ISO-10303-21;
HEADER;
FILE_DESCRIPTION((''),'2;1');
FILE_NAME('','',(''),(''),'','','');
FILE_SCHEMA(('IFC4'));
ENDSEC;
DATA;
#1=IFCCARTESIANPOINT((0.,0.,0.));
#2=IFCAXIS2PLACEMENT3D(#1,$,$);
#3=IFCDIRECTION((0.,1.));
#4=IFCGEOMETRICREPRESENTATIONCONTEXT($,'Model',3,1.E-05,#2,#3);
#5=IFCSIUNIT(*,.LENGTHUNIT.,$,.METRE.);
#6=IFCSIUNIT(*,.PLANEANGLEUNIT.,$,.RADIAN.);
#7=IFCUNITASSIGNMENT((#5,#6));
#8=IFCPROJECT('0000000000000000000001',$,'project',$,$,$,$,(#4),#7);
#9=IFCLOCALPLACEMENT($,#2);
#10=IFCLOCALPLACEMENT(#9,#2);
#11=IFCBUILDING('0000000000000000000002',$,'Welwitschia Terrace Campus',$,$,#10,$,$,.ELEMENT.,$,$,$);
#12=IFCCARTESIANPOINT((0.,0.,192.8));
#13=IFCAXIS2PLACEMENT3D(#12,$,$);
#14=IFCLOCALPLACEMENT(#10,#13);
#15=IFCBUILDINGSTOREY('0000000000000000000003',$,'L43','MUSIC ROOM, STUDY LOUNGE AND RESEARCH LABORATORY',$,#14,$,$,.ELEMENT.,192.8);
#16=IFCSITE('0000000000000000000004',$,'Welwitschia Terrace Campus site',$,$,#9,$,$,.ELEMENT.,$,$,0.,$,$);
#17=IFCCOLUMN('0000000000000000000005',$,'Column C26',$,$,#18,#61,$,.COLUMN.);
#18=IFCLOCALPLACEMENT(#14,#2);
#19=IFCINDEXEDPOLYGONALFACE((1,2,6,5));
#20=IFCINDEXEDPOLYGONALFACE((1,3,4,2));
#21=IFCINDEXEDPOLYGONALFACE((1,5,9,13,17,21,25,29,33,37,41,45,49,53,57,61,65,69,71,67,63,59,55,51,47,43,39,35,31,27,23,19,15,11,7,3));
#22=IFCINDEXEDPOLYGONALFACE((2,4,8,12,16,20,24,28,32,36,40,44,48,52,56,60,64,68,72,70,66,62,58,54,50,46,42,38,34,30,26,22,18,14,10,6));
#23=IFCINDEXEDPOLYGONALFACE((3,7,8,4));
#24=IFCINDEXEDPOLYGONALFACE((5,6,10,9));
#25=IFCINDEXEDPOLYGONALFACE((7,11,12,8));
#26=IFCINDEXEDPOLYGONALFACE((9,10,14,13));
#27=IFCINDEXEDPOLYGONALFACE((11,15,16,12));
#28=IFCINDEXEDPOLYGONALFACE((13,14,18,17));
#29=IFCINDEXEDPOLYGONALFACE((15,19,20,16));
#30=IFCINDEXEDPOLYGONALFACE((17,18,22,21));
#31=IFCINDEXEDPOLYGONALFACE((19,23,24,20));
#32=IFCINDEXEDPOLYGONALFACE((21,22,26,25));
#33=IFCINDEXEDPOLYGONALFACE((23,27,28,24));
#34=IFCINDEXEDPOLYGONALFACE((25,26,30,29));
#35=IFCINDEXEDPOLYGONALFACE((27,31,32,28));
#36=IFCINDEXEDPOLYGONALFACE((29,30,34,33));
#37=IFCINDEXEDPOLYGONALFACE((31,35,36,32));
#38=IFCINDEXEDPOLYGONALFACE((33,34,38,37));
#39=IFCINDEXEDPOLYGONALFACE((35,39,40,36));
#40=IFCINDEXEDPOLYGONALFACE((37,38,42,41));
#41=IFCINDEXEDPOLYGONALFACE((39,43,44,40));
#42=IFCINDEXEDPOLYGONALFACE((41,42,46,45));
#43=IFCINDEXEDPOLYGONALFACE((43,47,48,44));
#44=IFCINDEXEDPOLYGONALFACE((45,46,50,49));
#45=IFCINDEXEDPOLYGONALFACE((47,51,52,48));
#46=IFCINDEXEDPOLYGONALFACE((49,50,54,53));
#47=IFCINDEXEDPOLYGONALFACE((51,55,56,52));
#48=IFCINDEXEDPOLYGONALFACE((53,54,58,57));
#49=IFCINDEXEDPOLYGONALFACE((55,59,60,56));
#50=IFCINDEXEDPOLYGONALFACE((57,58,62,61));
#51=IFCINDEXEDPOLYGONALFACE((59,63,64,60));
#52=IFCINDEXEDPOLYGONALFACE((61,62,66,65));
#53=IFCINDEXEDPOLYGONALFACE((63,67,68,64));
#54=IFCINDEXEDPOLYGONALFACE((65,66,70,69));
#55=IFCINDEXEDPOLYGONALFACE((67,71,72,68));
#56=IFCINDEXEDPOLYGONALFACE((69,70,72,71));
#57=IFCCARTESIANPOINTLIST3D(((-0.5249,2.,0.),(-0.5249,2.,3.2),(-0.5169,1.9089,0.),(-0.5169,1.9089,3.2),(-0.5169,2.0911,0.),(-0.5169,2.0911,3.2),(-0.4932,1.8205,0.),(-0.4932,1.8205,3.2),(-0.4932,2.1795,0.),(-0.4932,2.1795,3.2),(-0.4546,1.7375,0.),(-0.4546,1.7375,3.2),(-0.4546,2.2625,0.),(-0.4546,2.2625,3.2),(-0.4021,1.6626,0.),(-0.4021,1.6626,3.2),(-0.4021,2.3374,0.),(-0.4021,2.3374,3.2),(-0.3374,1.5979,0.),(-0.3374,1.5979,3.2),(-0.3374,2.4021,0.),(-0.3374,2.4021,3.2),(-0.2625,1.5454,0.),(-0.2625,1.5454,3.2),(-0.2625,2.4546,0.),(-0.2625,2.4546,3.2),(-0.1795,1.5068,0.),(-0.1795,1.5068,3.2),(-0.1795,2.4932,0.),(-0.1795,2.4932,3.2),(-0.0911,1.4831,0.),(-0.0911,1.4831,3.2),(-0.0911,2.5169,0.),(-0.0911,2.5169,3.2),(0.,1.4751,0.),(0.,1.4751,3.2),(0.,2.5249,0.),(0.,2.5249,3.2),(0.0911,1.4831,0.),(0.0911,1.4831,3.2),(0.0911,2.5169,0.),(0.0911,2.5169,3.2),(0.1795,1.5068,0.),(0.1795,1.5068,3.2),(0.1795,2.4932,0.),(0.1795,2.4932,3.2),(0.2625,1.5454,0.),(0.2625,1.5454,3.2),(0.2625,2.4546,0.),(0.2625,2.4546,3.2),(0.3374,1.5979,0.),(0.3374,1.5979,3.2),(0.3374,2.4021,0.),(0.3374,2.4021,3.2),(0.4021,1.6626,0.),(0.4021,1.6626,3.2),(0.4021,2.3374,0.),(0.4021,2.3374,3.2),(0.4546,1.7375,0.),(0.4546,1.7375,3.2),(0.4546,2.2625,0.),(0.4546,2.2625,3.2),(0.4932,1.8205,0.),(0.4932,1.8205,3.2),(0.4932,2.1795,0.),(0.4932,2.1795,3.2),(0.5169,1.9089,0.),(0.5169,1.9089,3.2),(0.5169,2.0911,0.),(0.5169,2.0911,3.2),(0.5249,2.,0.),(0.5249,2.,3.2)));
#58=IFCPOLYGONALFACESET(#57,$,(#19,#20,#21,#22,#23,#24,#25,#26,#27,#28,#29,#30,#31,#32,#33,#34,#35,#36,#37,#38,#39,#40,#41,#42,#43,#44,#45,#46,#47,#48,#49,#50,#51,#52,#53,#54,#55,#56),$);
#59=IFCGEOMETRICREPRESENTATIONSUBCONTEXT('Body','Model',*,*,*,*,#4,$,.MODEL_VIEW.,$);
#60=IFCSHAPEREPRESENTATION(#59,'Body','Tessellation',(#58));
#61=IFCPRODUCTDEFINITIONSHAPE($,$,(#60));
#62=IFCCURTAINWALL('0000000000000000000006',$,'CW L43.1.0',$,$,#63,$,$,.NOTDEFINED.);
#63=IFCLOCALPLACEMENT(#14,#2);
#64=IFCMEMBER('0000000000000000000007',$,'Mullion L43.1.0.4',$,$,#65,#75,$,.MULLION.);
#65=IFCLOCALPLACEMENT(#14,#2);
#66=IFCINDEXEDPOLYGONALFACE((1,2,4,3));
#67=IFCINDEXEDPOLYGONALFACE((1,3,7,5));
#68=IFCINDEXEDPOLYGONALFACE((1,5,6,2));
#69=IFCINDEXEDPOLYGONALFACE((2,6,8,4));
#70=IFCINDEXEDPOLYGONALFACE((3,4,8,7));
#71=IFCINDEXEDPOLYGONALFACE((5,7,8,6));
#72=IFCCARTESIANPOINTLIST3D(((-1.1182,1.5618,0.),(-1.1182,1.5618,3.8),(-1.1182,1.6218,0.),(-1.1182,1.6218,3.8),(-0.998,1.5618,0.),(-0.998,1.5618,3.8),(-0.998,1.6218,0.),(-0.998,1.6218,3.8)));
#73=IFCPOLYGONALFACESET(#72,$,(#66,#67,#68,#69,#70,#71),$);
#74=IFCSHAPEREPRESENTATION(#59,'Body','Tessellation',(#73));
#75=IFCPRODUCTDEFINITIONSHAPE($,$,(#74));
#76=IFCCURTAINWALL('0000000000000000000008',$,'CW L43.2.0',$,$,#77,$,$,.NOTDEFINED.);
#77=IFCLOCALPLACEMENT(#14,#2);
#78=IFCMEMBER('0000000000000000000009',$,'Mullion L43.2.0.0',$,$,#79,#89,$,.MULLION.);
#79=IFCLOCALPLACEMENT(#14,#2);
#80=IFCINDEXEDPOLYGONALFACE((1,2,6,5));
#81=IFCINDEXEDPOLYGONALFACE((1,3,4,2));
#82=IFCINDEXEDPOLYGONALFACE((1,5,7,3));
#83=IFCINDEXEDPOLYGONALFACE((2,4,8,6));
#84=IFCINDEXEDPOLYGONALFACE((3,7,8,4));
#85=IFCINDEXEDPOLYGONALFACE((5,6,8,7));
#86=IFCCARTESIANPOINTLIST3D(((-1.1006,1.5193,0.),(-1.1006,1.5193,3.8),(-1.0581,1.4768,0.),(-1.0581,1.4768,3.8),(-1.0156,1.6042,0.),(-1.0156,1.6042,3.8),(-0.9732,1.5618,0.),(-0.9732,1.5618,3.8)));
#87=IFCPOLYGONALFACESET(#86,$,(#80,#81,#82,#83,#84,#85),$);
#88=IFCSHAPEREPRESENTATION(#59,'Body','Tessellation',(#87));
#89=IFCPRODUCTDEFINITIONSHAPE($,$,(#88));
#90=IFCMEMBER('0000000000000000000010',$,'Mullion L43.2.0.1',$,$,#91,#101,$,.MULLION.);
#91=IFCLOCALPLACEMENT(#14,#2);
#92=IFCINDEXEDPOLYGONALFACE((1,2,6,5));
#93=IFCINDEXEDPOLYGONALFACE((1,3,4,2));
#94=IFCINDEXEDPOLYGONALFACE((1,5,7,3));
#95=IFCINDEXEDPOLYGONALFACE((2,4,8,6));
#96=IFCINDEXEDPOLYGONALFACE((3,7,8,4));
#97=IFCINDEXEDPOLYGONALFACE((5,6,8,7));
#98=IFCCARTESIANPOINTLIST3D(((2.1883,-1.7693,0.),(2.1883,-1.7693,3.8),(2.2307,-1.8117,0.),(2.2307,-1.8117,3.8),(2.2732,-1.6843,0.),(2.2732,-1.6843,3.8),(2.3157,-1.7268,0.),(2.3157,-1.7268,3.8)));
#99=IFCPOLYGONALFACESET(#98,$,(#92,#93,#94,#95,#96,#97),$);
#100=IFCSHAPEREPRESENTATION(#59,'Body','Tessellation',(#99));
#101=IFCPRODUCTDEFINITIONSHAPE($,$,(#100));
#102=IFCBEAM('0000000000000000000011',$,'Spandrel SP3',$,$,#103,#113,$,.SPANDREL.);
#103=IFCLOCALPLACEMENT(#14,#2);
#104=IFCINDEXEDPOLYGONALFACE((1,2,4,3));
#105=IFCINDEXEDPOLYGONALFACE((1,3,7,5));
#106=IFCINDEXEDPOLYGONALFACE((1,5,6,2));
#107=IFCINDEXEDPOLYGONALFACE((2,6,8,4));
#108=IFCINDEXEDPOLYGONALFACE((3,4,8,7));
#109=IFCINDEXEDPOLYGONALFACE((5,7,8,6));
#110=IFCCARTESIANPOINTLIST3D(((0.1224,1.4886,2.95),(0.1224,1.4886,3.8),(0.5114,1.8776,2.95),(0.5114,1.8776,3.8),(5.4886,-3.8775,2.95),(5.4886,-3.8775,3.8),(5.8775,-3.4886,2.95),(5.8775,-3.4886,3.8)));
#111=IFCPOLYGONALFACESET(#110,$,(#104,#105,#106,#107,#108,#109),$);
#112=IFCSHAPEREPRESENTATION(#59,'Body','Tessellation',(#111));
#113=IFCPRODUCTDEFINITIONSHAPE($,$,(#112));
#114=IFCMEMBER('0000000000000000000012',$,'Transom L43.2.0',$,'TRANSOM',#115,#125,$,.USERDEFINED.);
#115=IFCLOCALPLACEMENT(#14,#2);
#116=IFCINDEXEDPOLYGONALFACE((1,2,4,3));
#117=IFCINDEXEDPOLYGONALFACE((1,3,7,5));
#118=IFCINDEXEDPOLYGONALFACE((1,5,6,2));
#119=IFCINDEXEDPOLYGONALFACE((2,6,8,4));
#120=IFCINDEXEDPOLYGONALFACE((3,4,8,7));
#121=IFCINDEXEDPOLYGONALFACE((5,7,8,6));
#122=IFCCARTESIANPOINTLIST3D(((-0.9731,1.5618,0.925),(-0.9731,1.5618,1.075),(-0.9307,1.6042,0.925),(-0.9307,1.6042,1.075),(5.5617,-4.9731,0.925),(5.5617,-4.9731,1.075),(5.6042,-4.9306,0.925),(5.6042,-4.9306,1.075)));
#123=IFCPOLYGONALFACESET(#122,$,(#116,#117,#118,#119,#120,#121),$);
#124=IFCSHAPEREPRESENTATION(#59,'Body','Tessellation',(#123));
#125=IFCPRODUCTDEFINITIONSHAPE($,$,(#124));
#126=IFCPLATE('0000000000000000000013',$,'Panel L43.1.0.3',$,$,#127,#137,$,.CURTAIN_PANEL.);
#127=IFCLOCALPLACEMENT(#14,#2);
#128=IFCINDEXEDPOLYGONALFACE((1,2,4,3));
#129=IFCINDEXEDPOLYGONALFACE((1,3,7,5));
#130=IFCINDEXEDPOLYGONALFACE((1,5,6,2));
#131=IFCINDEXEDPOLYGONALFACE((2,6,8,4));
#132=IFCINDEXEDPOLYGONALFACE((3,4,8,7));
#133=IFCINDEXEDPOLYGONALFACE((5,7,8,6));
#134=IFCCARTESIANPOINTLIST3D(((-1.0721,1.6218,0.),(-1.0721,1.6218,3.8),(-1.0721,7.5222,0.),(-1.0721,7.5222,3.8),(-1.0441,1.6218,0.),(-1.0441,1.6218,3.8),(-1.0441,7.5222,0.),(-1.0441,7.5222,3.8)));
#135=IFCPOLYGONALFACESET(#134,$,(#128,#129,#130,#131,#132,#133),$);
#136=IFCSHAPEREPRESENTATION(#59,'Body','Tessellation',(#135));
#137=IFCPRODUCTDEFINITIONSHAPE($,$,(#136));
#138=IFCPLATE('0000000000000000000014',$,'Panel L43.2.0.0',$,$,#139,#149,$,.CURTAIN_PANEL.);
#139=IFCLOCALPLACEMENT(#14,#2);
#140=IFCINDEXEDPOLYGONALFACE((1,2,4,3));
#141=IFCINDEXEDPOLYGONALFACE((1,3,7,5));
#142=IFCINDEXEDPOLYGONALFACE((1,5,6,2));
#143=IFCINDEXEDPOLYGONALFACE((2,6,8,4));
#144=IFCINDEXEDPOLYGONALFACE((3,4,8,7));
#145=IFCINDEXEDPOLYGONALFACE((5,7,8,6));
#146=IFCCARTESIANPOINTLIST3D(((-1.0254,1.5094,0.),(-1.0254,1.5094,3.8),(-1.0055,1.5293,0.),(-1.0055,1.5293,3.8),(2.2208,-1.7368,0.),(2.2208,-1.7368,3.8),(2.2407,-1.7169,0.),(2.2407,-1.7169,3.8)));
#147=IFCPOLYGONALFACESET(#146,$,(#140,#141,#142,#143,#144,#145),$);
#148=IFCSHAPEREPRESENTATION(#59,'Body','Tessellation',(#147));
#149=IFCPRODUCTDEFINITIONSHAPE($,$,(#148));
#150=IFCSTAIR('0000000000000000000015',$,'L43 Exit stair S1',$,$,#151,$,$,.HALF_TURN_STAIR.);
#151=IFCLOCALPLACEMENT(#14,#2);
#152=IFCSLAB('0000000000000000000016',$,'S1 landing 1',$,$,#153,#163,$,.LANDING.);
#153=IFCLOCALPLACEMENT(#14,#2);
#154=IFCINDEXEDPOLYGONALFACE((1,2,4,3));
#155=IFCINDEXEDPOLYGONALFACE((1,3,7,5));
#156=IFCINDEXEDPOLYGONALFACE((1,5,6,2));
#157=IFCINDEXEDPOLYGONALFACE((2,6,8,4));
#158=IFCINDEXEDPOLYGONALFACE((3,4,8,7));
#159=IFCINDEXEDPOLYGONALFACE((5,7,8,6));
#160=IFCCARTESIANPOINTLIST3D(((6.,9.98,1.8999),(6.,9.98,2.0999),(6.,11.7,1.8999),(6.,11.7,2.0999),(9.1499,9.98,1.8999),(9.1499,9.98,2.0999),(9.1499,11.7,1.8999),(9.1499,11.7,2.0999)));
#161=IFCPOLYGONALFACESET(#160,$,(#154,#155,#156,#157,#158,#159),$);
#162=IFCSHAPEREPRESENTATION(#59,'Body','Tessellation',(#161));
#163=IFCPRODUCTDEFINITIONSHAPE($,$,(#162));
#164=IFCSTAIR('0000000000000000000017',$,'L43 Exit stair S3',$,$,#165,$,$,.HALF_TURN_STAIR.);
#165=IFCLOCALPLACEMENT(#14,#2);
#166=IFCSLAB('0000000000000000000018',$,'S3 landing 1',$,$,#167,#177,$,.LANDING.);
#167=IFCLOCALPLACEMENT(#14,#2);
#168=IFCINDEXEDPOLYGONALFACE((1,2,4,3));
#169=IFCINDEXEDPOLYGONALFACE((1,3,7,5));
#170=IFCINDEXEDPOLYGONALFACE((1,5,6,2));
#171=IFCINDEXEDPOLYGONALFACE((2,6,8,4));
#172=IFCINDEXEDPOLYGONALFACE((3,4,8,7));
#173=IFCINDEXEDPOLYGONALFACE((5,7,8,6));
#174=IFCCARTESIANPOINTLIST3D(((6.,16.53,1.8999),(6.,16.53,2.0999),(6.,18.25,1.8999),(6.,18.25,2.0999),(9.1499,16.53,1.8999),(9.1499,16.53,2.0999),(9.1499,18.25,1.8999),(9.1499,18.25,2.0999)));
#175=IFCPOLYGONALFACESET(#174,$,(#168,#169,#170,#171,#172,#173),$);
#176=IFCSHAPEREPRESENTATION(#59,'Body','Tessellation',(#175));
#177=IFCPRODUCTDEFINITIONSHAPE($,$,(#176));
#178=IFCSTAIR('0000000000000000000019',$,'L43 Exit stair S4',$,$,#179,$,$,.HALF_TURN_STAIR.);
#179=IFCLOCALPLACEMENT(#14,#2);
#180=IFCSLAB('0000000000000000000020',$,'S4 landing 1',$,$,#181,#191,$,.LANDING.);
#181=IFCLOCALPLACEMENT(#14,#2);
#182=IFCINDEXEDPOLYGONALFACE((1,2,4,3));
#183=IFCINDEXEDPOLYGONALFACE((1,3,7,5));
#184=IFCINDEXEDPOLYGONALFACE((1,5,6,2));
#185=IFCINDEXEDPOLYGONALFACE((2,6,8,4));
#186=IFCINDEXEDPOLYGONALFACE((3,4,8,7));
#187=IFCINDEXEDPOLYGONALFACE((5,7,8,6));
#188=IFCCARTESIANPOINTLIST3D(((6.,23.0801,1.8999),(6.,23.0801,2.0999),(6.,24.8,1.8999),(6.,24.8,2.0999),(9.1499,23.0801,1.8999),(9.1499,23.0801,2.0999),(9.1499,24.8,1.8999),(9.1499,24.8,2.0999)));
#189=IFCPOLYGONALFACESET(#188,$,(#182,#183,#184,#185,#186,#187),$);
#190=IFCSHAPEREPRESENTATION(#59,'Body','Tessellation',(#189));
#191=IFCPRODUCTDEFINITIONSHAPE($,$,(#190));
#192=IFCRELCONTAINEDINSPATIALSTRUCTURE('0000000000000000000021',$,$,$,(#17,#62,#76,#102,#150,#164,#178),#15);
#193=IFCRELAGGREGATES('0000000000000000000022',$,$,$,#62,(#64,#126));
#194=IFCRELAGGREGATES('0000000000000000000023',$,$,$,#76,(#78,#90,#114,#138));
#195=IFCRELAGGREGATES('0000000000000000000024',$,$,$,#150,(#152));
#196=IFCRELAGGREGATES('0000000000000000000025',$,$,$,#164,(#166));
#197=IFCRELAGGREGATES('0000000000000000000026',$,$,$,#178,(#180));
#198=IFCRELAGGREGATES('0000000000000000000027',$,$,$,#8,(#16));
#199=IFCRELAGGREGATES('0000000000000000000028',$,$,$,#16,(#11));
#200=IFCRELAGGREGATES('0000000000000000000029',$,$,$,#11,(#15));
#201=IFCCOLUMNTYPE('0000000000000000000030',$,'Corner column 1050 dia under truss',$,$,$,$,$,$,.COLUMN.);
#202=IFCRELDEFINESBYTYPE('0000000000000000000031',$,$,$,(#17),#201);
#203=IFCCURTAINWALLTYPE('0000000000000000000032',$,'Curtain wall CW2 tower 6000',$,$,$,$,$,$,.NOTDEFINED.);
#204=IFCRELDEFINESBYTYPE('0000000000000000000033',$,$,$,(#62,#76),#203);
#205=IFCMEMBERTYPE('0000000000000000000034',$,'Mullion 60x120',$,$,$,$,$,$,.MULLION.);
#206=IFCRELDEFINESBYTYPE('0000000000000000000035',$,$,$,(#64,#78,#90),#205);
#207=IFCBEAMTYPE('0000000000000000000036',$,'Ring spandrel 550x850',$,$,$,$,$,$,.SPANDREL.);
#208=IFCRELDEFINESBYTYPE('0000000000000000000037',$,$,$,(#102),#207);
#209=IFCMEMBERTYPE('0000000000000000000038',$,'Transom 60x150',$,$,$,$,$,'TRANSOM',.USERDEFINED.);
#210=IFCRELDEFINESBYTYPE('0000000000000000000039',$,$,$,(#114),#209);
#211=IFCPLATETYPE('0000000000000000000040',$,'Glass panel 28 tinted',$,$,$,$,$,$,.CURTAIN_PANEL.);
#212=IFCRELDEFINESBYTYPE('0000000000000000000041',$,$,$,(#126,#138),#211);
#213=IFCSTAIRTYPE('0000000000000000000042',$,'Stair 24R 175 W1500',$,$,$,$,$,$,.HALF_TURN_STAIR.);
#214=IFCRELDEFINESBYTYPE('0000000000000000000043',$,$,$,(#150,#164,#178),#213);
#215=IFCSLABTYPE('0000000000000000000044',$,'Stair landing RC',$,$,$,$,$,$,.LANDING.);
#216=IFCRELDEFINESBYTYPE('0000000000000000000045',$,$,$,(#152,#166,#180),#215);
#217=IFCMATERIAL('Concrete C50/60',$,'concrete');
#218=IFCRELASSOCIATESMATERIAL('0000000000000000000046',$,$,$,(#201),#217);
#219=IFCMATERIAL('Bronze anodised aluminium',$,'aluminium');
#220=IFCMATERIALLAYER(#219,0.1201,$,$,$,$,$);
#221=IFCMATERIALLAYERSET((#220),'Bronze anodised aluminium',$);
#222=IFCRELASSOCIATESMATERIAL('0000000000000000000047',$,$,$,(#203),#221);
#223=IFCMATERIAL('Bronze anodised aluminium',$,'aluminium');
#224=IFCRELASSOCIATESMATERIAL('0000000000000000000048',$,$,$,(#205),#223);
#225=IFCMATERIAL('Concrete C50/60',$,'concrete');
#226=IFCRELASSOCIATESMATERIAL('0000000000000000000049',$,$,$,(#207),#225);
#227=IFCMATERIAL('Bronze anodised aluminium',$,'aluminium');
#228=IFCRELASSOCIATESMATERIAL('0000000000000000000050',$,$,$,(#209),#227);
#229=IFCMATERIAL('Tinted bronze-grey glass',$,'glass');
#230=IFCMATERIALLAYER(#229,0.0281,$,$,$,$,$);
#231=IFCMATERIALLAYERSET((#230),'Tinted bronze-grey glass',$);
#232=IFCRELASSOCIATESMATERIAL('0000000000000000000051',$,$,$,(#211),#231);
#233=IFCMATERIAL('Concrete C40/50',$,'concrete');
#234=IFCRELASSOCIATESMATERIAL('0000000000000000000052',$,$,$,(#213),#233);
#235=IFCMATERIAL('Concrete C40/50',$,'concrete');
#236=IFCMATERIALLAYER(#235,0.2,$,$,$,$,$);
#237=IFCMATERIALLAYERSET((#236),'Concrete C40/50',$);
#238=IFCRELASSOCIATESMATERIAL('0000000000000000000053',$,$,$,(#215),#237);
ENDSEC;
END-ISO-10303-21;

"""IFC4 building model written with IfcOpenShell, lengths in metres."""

from ifc_helpers import new_model, si_unit, direction, frame, origin, origin_2d, place, context, subcontext, project, spatial, polyline, rectangle, circle, outline, extrude, material, layer, layer_set, material_profile, profile_set, type_object, element, aggregate, save


model = new_model("IFC4")

# Units and contexts
model_context = context("Model", 3, precision=1e-05, world=origin(), true_north=direction((0.0, 1.0)))
body_context = subcontext(model_context, "Body", "Model", "MODEL_VIEW")
ifc_project = project(units=[si_unit("LENGTHUNIT", "METRE"), si_unit("PLANEANGLEUNIT", "RADIAN")], contexts=[model_context])

# Site, building, storey
site_placement = place(None, origin())
site = spatial("IfcSite", under=ifc_project, at=site_placement, Name="Welwitschia Terrace Campus site", CompositionType="ELEMENT", RefElevation=0.0)
building_placement = place(site_placement, origin())
building = spatial("IfcBuilding", under=site, at=building_placement, Name="Welwitschia Terrace Campus", CompositionType="ELEMENT")
storey_placement = place(building_placement, frame((0.0, 0.0, 192.8)))
storey = spatial("IfcBuildingStorey", under=building, at=storey_placement, Name="L43", Description="MUSIC ROOM, STUDY LOUNGE AND RESEARCH LABORATORY", CompositionType="ELEMENT", Elevation=192.8)

# Column
ifc_material_1 = material(Name="Concrete C50/60", Category="concrete")
ifc_material_profile_1 = material_profile(ifc_material_1, circle(Radius=0.5249, at=origin_2d()))
ifc_profile_set_1 = profile_set([ifc_material_profile_1], Name="Concrete C50/60")
column_type = type_object("IfcColumnType", Name="Corner column 1050 dia under truss", PredefinedType="COLUMN", material=ifc_profile_set_1)
column_placement = place(storey_placement, frame((0.0, 2.0, 0.0), z_axis=(0.0, 0.0, 1.0), x_axis=(1.0, 0.0, 0.0)))
element("IfcColumn", 1, at=column_placement, inside=storey, type_object=column_type, Name="Column C26", PredefinedType="COLUMN", context=body_context, shape_type="SweptSolid", body=[
    extrude(circle(Radius=0.5249, at=origin_2d()), origin(), (0.0, 0.0, 1.0), 3.2),
])

# Curtain wall, member
ifc_material_2 = material(Name="Bronze anodised aluminium", Category="aluminium")
ifc_layer_1 = layer(ifc_material_2, 0.1201)
ifc_layer_set_1 = layer_set([ifc_layer_1], Name="Bronze anodised aluminium")
curtain_wall_type = type_object("IfcCurtainWallType", Name="Curtain wall CW2 tower 6000", PredefinedType="NOTDEFINED", material=ifc_layer_set_1)
curtain_wall_1_placement = place(storey_placement, origin())
curtain_wall_1 = element("IfcCurtainWall", 2, at=curtain_wall_1_placement, inside=storey, type_object=curtain_wall_type, Name="CW L43.1.0", PredefinedType="NOTDEFINED")
ifc_material_3 = material(Name="Bronze anodised aluminium", Category="aluminium")
ifc_material_profile_2 = material_profile(ifc_material_3, rectangle(XDim=0.1201, YDim=0.0601, at=origin_2d()))
ifc_profile_set_2 = profile_set([ifc_material_profile_2], Name="Bronze anodised aluminium")
member_type_1 = type_object("IfcMemberType", Name="Mullion 60x120", PredefinedType="MULLION", material=ifc_profile_set_2)
member_1_placement = place(storey_placement, frame((-1.0581, 1.5918, 0.0), z_axis=(0.0, 0.0, 1.0), x_axis=(1.0, 0.0, 0.0)))
member_1 = element("IfcMember", 3, at=member_1_placement, type_object=member_type_1, Name="Mullion L43.1.0.4", PredefinedType="MULLION", context=body_context, shape_type="SweptSolid", body=[
    extrude(rectangle(XDim=0.1201, YDim=0.0601, at=origin_2d()), origin(), (0.0, 0.0, 1.0), 3.8),
])

# Curtain wall, members
curtain_wall_2_placement = place(storey_placement, origin())
curtain_wall_2 = element("IfcCurtainWall", 4, at=curtain_wall_2_placement, inside=storey, type_object=curtain_wall_type, Name="CW L43.2.0", PredefinedType="NOTDEFINED")
member_2_placement = place(storey_placement, frame((-1.0369, 1.5405, 0.0), z_axis=(0.0, 0.0, 1.0), x_axis=(0.707107, 0.707107, 0.0)))
member_2 = element("IfcMember", 5, at=member_2_placement, type_object=member_type_1, Name="Mullion L43.2.0.0", PredefinedType="MULLION", context=body_context, shape_type="SweptSolid", body=[
    extrude(rectangle(XDim=0.1201, YDim=0.0601, at=origin_2d()), origin(), (0.0, 0.0, 1.0), 3.8),
])
member_3_placement = place(storey_placement, frame((2.252, -1.748, 0.0), z_axis=(0.0, 0.0, 1.0), x_axis=(0.707107, 0.707107, 0.0)))
member_3 = element("IfcMember", 6, at=member_3_placement, type_object=member_type_1, Name="Mullion L43.2.0.1", PredefinedType="MULLION", context=body_context, shape_type="SweptSolid", body=[
    extrude(rectangle(XDim=0.1201, YDim=0.0601, at=origin_2d()), origin(), (0.0, 0.0, 1.0), 3.8),
])

# Beam
ifc_material_4 = material(Name="Concrete C50/60", Category="concrete")
ifc_material_profile_3 = material_profile(ifc_material_4, rectangle(XDim=0.55, YDim=0.8501, at=origin_2d()))
ifc_profile_set_3 = profile_set([ifc_material_profile_3], Name="Concrete C50/60")
beam_type = type_object("IfcBeamType", Name="Ring spandrel 550x850", PredefinedType="SPANDREL", material=ifc_profile_set_3)
beam_placement = place(storey_placement, frame((0.3169, 1.6831, 3.375), z_axis=(0.707107, -0.707107, 0.0), x_axis=(0.707107, 0.707107, 0.0)))
element("IfcBeam", 7, at=beam_placement, inside=storey, type_object=beam_type, Name="Spandrel SP3", PredefinedType="SPANDREL", context=body_context, shape_type="SweptSolid", body=[
    extrude(rectangle(XDim=0.55, YDim=0.8501, at=origin_2d()), origin(), (0.0, 0.0, 1.0), 7.5889),
])

# Member
ifc_material_5 = material(Name="Bronze anodised aluminium", Category="aluminium")
ifc_material_profile_4 = material_profile(ifc_material_5, rectangle(XDim=0.0601, YDim=0.1499, at=origin_2d()))
ifc_profile_set_4 = profile_set([ifc_material_profile_4], Name="Bronze anodised aluminium")
member_type_2 = type_object("IfcMemberType", Name="Transom 60x150", ElementType="TRANSOM", PredefinedType="USERDEFINED", material=ifc_profile_set_4)
member_4_placement = place(storey_placement, frame((-0.9519, 1.583, 1.0), z_axis=(0.707107, -0.707107, 0.0), x_axis=(0.707107, 0.707107, 0.0)))
member_4 = element("IfcMember", 8, at=member_4_placement, type_object=member_type_2, Name="Transom L43.2.0", ObjectType="TRANSOM", PredefinedType="USERDEFINED", context=body_context, shape_type="SweptSolid", body=[
    extrude(rectangle(XDim=0.0601, YDim=0.1499, at=origin_2d()), origin(), (0.0, 0.0, 1.0), 9.2417),
])

# Plates
ifc_material_6 = material(Name="Tinted bronze-grey glass", Category="glass")
ifc_layer_2 = layer(ifc_material_6, 0.0281)
ifc_layer_set_2 = layer_set([ifc_layer_2], Name="Tinted bronze-grey glass")
plate_type = type_object("IfcPlateType", Name="Glass panel 28 tinted", PredefinedType="CURTAIN_PANEL", material=ifc_layer_set_2)
plate_1_placement = place(storey_placement, frame((-1.0581, 4.572, 0.0), z_axis=(0.0, 0.0, 1.0), x_axis=(0.0, -1.0, 0.0)))
plate_1 = element("IfcPlate", 9, at=plate_1_placement, type_object=plate_type, Name="Panel L43.1.0.3", PredefinedType="CURTAIN_PANEL", context=body_context, shape_type="SweptSolid", body=[
    extrude(rectangle(XDim=5.9004, YDim=0.0281, at=origin_2d()), origin(), (0.0, 0.0, 1.0), 3.8),
])
aggregate(curtain_wall_1, [member_1, plate_1])
plate_2_placement = place(storey_placement, frame((0.6077, -0.1038, 0.0), z_axis=(0.0, 0.0, 1.0), x_axis=(0.707107, -0.707107, 0.0)))
plate_2 = element("IfcPlate", 10, at=plate_2_placement, type_object=plate_type, Name="Panel L43.2.0.0", PredefinedType="CURTAIN_PANEL", context=body_context, shape_type="SweptSolid", body=[
    extrude(rectangle(XDim=4.5908, YDim=0.0281, at=origin_2d()), origin(), (0.0, 0.0, 1.0), 3.8),
])
aggregate(curtain_wall_2, [member_2, member_3, member_4, plate_2])

# Stairs, slabs
ifc_material_7 = material(Name="Concrete C40/50", Category="concrete")
stair_type = type_object("IfcStairType", Name="Stair 24R 175 W1500", PredefinedType="HALF_TURN_STAIR", material=ifc_material_7)
stair_1_placement = place(storey_placement, origin())
stair_1 = element("IfcStair", 11, at=stair_1_placement, inside=storey, type_object=stair_type, Name="L43 Exit stair S1", PredefinedType="HALF_TURN_STAIR")
ifc_material_8 = material(Name="Concrete C40/50", Category="concrete")
ifc_layer_3 = layer(ifc_material_8, 0.2)
ifc_layer_set_3 = layer_set([ifc_layer_3], Name="Concrete C40/50")
slab_type_1 = type_object("IfcSlabType", Name="Stair landing RC", PredefinedType="LANDING", material=ifc_layer_set_3)
slab_1_placement = place(storey_placement, frame((0.0, 0.0, 1.8999)))
slab_1 = element("IfcSlab", 12, at=slab_1_placement, type_object=slab_type_1, Name="S1 landing 1", PredefinedType="LANDING", context=body_context, shape_type="SweptSolid", body=[
    extrude(outline(polyline([(9.1499, 9.98), (9.1499, 11.7), (6.0, 11.7), (6.0, 9.98), (9.1499, 9.98)])), origin(), (0.0, 0.0, 1.0), 0.2),
])
aggregate(stair_1, [slab_1])
stair_2_placement = place(storey_placement, origin())
stair_2 = element("IfcStair", 13, at=stair_2_placement, inside=storey, type_object=stair_type, Name="L43 Exit stair S3", PredefinedType="HALF_TURN_STAIR")
slab_2_placement = place(storey_placement, frame((0.0, 0.0, 1.8999)))
slab_2 = element("IfcSlab", 14, at=slab_2_placement, type_object=slab_type_1, Name="S3 landing 1", PredefinedType="LANDING", context=body_context, shape_type="SweptSolid", body=[
    extrude(outline(polyline([(9.1499, 16.53), (9.1499, 18.25), (6.0, 18.25), (6.0, 16.53), (9.1499, 16.53)])), origin(), (0.0, 0.0, 1.0), 0.2),
])
aggregate(stair_2, [slab_2])
stair_3_placement = place(storey_placement, origin())
stair_3 = element("IfcStair", 15, at=stair_3_placement, inside=storey, type_object=stair_type, Name="L43 Exit stair S4", PredefinedType="HALF_TURN_STAIR")
slab_3_placement = place(storey_placement, frame((0.0, 0.0, 1.8999)))
slab_3 = element("IfcSlab", 16, at=slab_3_placement, type_object=slab_type_1, Name="S4 landing 1", PredefinedType="LANDING", context=body_context, shape_type="SweptSolid", body=[
    extrude(outline(polyline([(9.1499, 23.0801), (9.1499, 24.8), (6.0, 24.8), (6.0, 23.0801), (9.1499, 23.0801)])), origin(), (0.0, 0.0, 1.0), 0.2),
])
aggregate(stair_3, [slab_3])

save(model, "model.ifc")
